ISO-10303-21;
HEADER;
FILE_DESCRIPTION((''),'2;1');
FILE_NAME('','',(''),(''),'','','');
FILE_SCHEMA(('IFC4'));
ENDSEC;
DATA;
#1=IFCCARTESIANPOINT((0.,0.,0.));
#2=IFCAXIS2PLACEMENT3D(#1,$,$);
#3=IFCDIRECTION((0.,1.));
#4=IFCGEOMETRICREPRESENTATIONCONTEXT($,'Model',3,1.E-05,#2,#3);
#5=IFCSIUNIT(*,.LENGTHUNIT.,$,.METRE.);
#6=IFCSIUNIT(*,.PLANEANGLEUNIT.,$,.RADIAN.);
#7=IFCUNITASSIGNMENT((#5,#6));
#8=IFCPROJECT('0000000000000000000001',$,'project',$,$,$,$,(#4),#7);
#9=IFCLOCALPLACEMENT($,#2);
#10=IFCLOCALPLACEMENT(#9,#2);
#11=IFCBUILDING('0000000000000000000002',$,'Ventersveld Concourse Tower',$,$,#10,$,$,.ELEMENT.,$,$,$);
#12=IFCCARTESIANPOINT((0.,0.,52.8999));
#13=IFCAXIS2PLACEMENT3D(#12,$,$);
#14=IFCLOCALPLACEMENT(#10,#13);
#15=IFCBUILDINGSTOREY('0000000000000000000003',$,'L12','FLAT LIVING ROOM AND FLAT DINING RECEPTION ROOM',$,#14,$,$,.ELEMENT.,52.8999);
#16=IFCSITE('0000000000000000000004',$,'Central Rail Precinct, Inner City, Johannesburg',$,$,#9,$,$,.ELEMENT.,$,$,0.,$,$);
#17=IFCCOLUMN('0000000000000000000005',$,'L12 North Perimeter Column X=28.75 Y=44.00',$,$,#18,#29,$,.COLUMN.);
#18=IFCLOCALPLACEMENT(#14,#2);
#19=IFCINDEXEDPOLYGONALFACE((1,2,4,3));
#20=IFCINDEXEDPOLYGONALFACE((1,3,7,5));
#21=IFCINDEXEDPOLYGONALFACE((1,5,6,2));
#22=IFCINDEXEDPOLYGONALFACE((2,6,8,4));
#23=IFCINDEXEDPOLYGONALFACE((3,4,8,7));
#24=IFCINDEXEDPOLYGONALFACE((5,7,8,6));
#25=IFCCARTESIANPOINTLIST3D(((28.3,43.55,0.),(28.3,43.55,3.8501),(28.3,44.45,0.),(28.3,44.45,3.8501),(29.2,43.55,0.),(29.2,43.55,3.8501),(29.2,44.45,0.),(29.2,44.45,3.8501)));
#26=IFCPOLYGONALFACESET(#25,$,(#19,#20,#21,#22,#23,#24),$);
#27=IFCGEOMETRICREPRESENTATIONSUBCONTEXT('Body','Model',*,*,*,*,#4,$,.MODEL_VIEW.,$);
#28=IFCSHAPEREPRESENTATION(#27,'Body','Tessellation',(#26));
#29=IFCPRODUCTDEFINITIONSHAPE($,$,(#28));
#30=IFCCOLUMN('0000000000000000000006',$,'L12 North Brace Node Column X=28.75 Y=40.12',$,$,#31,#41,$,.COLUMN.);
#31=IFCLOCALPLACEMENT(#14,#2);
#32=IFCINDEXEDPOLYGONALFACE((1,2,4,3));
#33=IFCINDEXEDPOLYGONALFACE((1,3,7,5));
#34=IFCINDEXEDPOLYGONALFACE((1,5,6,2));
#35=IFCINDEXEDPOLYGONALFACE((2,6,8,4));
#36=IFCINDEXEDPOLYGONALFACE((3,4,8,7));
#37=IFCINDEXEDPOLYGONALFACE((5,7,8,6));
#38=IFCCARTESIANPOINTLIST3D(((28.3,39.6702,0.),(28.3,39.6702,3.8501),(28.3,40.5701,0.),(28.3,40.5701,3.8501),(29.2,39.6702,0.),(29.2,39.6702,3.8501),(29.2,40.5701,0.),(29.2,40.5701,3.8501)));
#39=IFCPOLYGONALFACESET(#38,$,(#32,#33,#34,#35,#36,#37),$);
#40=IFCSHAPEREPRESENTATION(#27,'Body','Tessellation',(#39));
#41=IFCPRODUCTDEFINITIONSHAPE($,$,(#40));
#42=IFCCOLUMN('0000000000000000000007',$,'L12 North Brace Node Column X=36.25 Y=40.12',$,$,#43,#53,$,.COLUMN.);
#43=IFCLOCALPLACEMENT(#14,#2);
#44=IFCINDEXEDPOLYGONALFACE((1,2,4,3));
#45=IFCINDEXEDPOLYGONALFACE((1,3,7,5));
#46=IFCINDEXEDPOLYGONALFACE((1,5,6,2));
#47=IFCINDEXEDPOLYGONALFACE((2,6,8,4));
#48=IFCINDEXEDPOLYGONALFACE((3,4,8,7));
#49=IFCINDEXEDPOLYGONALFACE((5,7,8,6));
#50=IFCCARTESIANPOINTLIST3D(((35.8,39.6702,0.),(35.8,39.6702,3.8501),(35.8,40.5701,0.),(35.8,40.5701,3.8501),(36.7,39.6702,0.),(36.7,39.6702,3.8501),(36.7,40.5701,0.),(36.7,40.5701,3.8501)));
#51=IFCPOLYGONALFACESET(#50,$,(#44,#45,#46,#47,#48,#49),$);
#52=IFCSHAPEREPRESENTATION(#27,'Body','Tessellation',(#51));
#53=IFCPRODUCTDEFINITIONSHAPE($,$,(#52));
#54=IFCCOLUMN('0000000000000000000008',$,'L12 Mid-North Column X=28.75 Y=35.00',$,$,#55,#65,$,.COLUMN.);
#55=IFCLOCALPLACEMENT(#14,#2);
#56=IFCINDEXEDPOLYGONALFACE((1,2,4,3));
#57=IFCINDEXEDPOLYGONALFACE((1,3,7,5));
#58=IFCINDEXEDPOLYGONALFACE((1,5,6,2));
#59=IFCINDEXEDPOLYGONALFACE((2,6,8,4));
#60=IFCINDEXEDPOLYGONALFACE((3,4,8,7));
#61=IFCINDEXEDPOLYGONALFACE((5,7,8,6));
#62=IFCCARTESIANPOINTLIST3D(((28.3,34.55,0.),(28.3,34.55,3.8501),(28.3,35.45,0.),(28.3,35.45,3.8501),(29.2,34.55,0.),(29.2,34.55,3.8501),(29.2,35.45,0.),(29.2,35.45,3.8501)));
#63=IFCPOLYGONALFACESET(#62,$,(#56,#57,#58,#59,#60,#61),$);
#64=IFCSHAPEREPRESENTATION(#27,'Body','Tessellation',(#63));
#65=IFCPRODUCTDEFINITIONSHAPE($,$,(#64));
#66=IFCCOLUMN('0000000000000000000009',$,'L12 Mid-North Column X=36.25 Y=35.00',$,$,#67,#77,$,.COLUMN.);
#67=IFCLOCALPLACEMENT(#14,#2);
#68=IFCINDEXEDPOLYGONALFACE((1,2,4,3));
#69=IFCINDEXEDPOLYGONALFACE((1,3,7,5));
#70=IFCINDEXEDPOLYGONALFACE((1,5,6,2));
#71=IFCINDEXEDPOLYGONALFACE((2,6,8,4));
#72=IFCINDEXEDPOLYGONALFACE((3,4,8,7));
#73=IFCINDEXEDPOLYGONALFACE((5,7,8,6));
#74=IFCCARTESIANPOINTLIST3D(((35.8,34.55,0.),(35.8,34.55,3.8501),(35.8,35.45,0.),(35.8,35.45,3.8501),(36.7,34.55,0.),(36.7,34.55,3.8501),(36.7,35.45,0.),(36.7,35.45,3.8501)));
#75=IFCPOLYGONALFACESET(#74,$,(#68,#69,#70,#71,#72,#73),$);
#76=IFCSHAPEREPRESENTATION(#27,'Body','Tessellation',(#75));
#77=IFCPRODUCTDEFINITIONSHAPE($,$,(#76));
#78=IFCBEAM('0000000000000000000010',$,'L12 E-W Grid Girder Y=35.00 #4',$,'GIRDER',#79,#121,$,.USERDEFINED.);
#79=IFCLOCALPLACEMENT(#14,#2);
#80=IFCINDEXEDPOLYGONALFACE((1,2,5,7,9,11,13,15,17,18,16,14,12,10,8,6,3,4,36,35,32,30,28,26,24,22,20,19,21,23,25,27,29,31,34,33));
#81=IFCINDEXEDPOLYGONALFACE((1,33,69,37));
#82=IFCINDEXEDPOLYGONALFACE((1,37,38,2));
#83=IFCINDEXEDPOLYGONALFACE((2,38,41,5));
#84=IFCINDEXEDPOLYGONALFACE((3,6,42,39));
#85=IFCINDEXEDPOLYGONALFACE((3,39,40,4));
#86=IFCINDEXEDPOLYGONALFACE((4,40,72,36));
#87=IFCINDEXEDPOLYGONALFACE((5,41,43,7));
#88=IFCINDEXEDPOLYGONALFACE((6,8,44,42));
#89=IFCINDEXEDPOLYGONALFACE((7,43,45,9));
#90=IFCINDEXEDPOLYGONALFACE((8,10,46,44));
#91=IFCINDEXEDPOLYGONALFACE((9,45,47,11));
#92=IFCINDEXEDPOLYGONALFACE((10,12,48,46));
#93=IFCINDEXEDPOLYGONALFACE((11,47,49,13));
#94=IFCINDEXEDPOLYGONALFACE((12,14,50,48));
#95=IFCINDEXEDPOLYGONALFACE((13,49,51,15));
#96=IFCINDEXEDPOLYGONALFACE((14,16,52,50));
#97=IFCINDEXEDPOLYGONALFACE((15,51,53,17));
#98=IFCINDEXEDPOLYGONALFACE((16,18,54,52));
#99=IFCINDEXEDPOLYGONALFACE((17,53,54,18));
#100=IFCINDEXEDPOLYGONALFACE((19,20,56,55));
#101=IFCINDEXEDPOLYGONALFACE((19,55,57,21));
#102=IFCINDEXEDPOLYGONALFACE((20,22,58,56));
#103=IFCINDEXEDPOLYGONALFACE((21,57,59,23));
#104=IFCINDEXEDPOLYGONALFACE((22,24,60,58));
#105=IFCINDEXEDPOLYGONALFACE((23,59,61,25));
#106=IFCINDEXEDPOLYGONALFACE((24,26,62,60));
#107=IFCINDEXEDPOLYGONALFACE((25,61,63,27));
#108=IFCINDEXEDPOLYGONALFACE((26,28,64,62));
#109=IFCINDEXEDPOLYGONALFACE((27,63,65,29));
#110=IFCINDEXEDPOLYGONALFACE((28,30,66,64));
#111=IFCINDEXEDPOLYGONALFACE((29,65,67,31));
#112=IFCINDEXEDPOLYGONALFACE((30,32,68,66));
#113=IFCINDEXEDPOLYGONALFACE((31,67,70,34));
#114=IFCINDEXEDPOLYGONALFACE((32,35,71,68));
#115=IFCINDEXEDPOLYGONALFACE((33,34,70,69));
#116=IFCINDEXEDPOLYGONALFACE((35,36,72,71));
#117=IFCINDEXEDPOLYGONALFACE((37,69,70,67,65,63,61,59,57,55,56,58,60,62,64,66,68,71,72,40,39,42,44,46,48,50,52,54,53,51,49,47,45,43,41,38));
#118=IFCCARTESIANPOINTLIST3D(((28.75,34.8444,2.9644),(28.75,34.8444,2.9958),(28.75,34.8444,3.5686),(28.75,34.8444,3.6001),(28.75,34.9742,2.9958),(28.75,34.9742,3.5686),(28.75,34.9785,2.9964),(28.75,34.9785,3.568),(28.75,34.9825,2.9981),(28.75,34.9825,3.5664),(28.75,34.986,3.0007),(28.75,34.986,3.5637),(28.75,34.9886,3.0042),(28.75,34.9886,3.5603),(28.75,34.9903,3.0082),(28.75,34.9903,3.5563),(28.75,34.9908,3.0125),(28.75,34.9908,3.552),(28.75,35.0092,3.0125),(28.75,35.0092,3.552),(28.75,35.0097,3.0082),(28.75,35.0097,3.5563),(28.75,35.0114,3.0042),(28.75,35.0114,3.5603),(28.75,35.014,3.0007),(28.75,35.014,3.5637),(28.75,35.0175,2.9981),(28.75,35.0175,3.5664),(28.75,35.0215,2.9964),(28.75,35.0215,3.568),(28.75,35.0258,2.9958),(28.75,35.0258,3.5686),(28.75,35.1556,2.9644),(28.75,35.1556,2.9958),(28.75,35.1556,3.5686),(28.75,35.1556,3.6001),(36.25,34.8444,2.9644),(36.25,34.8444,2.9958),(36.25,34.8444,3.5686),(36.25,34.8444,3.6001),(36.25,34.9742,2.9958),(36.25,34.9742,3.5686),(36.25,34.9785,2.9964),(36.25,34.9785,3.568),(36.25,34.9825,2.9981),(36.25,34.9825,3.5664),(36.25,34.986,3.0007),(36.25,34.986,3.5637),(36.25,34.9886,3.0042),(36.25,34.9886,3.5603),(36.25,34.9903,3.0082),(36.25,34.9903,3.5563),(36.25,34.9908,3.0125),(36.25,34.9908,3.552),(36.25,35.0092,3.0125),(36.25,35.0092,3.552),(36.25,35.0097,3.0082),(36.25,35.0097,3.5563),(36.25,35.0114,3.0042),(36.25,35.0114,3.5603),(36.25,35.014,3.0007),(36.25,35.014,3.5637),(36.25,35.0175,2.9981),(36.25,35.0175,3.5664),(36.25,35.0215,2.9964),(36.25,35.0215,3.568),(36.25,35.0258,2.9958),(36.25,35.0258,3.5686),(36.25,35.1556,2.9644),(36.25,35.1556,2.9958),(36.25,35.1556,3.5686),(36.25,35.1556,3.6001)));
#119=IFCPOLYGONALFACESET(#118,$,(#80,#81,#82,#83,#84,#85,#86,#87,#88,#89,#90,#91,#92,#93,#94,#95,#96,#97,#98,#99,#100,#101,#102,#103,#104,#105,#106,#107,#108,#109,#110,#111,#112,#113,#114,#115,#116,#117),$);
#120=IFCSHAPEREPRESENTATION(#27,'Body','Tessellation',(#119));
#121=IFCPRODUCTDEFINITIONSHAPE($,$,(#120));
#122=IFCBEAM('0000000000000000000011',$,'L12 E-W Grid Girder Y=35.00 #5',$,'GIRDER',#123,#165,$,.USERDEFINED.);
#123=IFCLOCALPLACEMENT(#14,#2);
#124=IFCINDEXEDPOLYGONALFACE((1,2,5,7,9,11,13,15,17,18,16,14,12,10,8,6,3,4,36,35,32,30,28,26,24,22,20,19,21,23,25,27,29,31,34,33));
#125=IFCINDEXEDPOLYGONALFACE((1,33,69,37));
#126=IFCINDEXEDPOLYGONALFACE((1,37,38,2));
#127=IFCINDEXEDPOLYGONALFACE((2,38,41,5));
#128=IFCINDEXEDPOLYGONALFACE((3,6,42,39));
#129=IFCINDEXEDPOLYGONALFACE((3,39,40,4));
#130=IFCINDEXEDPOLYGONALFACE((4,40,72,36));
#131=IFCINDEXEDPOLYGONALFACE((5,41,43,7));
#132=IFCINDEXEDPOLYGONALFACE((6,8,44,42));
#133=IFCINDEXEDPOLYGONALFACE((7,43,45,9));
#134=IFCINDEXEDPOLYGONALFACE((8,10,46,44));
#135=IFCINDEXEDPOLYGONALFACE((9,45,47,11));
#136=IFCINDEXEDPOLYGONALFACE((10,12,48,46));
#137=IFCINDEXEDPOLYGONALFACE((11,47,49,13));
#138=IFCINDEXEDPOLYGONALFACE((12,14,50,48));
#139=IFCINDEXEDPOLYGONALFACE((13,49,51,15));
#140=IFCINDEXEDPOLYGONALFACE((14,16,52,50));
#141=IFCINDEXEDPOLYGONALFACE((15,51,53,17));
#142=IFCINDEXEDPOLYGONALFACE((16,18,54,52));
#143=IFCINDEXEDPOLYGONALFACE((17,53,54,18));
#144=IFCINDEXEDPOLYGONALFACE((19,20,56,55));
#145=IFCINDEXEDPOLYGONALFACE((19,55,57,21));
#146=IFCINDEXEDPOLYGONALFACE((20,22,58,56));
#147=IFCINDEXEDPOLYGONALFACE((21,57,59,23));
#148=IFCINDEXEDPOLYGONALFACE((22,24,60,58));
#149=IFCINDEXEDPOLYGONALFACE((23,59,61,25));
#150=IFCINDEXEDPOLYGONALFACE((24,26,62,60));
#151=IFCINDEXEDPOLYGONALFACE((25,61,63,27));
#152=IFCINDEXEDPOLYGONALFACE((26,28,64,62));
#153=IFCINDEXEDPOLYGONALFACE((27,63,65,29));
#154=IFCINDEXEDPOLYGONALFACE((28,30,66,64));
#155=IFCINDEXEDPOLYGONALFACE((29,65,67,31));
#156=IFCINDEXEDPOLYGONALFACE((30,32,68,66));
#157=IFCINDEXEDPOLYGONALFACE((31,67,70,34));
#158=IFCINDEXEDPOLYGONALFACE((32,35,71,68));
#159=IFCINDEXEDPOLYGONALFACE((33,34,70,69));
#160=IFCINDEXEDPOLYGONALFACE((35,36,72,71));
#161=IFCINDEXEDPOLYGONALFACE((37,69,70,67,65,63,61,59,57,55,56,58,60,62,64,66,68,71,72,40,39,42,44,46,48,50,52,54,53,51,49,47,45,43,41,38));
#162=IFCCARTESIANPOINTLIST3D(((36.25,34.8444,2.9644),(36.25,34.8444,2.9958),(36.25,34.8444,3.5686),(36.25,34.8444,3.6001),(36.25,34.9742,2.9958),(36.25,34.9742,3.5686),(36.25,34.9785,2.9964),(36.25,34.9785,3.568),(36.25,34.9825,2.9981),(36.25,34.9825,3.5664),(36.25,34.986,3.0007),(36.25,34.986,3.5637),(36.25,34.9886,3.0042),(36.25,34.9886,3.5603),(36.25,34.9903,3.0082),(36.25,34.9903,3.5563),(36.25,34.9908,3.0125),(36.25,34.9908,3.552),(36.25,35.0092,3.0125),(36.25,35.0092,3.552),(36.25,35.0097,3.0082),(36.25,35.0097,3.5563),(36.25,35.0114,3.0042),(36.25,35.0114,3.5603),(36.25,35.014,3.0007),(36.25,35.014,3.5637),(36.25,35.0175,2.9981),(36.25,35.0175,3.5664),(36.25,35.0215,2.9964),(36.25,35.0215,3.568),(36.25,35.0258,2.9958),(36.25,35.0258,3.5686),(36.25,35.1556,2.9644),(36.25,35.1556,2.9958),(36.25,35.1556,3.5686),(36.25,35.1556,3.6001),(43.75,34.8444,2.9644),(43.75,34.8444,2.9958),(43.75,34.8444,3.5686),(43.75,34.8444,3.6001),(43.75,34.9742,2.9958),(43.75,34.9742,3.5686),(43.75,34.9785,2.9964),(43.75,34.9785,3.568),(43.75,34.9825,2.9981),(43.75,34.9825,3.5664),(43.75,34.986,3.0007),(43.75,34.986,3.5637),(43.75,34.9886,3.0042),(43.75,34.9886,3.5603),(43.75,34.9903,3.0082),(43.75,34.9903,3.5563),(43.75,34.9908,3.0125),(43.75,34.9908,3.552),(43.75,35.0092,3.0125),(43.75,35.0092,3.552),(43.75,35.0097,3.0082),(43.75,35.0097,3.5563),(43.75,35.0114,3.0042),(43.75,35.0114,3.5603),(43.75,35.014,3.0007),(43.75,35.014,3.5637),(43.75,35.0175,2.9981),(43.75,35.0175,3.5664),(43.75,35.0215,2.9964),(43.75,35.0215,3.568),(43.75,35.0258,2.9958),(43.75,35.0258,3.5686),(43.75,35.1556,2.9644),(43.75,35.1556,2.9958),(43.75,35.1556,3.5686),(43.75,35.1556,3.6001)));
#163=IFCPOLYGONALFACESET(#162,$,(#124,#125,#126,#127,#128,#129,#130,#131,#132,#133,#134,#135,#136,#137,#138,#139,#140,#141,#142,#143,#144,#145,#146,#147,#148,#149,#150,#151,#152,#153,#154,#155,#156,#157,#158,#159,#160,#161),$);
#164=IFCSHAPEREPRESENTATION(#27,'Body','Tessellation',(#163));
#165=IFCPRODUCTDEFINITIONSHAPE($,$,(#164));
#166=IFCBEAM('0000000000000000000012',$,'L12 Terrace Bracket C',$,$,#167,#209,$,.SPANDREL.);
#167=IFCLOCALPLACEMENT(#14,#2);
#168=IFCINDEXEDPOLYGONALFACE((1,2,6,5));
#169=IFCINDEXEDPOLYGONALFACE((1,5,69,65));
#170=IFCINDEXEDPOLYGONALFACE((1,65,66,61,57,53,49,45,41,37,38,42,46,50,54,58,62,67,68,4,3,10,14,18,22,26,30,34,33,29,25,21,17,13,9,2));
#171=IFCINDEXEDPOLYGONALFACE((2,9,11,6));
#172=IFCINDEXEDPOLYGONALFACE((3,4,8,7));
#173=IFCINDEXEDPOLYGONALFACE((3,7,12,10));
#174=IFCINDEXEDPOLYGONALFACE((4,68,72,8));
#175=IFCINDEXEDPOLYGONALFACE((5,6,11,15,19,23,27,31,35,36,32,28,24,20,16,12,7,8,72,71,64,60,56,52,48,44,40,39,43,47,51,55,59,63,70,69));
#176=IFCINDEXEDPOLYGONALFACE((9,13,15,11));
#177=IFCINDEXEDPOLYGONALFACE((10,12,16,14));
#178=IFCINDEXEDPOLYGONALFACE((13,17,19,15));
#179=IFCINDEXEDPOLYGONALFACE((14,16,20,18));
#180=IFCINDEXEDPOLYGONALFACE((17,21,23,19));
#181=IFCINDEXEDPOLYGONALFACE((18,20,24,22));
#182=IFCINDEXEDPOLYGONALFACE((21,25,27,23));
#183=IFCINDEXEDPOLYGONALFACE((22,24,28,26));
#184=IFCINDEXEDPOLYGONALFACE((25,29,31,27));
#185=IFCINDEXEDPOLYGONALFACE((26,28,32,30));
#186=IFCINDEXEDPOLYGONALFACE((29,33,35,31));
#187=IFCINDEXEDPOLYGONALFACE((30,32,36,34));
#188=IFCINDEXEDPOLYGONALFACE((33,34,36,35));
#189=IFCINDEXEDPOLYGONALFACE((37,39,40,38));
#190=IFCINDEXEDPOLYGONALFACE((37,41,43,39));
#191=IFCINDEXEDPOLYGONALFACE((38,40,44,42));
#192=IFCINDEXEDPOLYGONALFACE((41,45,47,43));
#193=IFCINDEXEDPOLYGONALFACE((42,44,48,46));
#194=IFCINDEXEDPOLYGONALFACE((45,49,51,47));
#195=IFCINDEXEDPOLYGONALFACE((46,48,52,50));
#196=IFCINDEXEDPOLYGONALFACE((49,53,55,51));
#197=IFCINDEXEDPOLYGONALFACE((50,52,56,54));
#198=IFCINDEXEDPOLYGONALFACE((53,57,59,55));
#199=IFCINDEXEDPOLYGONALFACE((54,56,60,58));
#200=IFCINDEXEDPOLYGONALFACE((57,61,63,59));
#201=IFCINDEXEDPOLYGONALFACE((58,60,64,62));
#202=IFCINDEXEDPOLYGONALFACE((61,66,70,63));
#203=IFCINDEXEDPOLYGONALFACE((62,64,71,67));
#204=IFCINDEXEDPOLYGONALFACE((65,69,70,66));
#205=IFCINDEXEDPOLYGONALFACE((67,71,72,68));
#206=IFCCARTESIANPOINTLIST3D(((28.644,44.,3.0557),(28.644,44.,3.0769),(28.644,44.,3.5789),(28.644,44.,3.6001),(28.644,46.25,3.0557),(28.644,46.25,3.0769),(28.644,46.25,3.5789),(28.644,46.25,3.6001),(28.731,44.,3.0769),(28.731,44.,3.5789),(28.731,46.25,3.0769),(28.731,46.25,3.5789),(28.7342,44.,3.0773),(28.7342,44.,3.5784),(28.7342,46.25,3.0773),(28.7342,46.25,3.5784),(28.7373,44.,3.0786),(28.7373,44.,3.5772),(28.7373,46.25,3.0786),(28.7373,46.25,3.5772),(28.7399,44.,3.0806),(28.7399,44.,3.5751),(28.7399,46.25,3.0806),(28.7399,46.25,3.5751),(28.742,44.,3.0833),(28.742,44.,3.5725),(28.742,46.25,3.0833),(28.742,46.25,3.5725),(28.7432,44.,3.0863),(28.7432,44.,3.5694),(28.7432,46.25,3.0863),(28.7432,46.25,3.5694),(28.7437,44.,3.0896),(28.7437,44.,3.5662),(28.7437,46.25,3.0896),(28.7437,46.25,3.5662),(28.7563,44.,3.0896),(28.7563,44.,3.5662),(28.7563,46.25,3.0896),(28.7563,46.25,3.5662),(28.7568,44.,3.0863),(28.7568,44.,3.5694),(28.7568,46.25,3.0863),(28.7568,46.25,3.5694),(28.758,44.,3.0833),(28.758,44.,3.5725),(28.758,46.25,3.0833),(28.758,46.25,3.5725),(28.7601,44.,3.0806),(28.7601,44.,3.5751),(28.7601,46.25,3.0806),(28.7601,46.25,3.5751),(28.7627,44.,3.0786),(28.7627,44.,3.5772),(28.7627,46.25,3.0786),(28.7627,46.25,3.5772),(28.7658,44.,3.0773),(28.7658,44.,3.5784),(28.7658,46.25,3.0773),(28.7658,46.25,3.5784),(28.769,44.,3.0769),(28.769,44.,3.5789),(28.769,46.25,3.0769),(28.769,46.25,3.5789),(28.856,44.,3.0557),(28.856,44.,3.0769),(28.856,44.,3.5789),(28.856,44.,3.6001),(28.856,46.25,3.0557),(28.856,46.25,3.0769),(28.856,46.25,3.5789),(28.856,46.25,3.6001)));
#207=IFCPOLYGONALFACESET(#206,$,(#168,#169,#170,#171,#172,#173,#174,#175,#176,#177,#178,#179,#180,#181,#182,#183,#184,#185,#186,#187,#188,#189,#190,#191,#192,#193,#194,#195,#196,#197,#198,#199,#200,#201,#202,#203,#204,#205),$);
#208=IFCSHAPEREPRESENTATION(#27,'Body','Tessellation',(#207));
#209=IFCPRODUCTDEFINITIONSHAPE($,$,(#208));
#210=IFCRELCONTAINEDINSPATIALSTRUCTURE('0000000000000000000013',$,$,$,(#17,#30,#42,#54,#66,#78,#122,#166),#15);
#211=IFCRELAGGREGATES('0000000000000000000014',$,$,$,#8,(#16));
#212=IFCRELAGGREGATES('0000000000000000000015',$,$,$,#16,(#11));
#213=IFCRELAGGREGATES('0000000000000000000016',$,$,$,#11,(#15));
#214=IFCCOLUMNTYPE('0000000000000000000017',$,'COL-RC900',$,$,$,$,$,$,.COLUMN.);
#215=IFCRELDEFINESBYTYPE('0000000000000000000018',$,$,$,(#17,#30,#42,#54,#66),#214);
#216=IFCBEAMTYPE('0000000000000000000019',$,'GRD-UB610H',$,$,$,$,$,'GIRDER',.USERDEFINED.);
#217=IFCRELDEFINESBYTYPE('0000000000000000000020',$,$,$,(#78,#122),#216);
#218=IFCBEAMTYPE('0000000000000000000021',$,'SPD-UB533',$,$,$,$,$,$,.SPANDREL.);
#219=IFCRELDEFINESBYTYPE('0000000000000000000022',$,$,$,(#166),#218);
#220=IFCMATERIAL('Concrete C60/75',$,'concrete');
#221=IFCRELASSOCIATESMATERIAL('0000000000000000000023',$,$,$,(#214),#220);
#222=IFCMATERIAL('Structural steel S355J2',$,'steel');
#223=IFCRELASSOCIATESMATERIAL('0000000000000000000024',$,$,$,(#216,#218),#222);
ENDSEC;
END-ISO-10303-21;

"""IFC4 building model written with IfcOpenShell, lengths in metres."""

from ifc_helpers import new_model, si_unit, direction, frame, origin, origin_2d, place, context, subcontext, project, spatial, rectangle, i_section, extrude, material, material_profile, profile_set, type_object, element, save


model = new_model("IFC4")

# Units and contexts
model_context = context("Model", 3, precision=1e-05, world=origin(), true_north=direction((0.0, 1.0)))
body_context = subcontext(model_context, "Body", "Model", "MODEL_VIEW")
ifc_project = project(units=[si_unit("LENGTHUNIT", "METRE"), si_unit("PLANEANGLEUNIT", "RADIAN")], contexts=[model_context])

# Site, building, storey
site_placement = place(None, origin())
site = spatial("IfcSite", under=ifc_project, at=site_placement, Name="Central Rail Precinct, Inner City, Johannesburg", CompositionType="ELEMENT", RefElevation=0.0)
building_placement = place(site_placement, origin())
building = spatial("IfcBuilding", under=site, at=building_placement, Name="Ventersveld Concourse Tower", CompositionType="ELEMENT")
storey_placement = place(building_placement, frame((0.0, 0.0, 52.8999)))
storey = spatial("IfcBuildingStorey", under=building, at=storey_placement, Name="L12", Description="FLAT LIVING ROOM AND FLAT DINING RECEPTION ROOM", CompositionType="ELEMENT", Elevation=52.8999)

# Columns
ifc_material_1 = material(Name="Concrete C60/75", Category="concrete")
ifc_material_profile_1 = material_profile(ifc_material_1, rectangle(XDim=0.8999, YDim=0.8999, at=origin_2d()), Name="RC 900x900")
ifc_profile_set_1 = profile_set([ifc_material_profile_1], Name="Concrete C60/75")
column_type = type_object("IfcColumnType", Name="COL-RC900", PredefinedType="COLUMN", material=ifc_profile_set_1)
for number, where, z_axis, x_axis, name in (
    (1, (28.75, 44.0, 0.0), (0.0, 0.0, 1.0), (1.0, 0.0, 0.0), "L12 North Perimeter Column X=28.75 Y=44.00"),
    (2, (28.75, 40.1201, 0.0), (0.0, 0.0, 1.0), (1.0, 0.0, 0.0), "L12 North Brace Node Column X=28.75 Y=40.12"),
    (3, (36.25, 40.1201, 0.0), (0.0, 0.0, 1.0), (1.0, 0.0, 0.0), "L12 North Brace Node Column X=36.25 Y=40.12"),
    (4, (28.75, 35.0, 0.0), (0.0, 0.0, 1.0), (1.0, 0.0, 0.0), "L12 Mid-North Column X=28.75 Y=35.00"),
    (5, (36.25, 35.0, 0.0), (0.0, 0.0, 1.0), (1.0, 0.0, 0.0), "L12 Mid-North Column X=36.25 Y=35.00"),
):
    element("IfcColumn", number, at=place(storey_placement, frame(where, z_axis=z_axis, x_axis=x_axis)), inside=storey, type_object=column_type, Name=name, PredefinedType="COLUMN", context=body_context, shape_type="SweptSolid", body=[
        extrude(rectangle(XDim=0.8999, YDim=0.8999, at=origin_2d()), origin(), (0.0, 0.0, 1.0), 3.8501),
    ])

# Beams
ifc_material_2 = material(Name="Structural steel S355J2", Category="steel")
ifc_material_profile_2 = material_profile(ifc_material_2, i_section(OverallWidth=0.3113, OverallDepth=0.6357, WebThickness=0.0183, FlangeThickness=0.0315, FilletRadius=0.0166, at=origin_2d()), Name="UB 610x305x238")
ifc_profile_set_2 = profile_set([ifc_material_profile_2], Name="Structural steel S355J2")
beam_type_1 = type_object("IfcBeamType", Name="GRD-UB610H", ElementType="GIRDER", PredefinedType="USERDEFINED", material=ifc_profile_set_2)
for number, where, z_axis, x_axis, name in (
    (6, (28.75, 35.0, 3.2822), (1.0, 0.0, 0.0), (0.0, 1.0, 0.0), "L12 E-W Grid Girder Y=35.00 #4"),
    (7, (36.25, 35.0, 3.2822), (1.0, 0.0, 0.0), (0.0, 1.0, 0.0), "L12 E-W Grid Girder Y=35.00 #5"),
):
    element("IfcBeam", number, at=place(storey_placement, frame(where, z_axis=z_axis, x_axis=x_axis)), inside=storey, type_object=beam_type_1, Name=name, ObjectType="GIRDER", PredefinedType="USERDEFINED", context=body_context, shape_type="SweptSolid", body=[
        extrude(i_section(OverallWidth=0.3113, OverallDepth=0.6357, WebThickness=0.0183, FlangeThickness=0.0315, FilletRadius=0.0166, at=origin_2d()), origin(), (0.0, 0.0, 1.0), 7.5),
    ])
ifc_material_profile_3 = material_profile(ifc_material_2, i_section(OverallWidth=0.2119, OverallDepth=0.5444, WebThickness=0.0127, FlangeThickness=0.0212, FilletRadius=0.0127, at=origin_2d()), Name="UB 533x210x122")
ifc_profile_set_3 = profile_set([ifc_material_profile_3], Name="Structural steel S355J2")
beam_type_2 = type_object("IfcBeamType", Name="SPD-UB533", PredefinedType="SPANDREL", material=ifc_profile_set_3)
beam_placement = place(storey_placement, frame((28.75, 44.0, 3.3279), z_axis=(0.0, 1.0, 0.0), x_axis=(-1.0, 0.0, 0.0)))
element("IfcBeam", 8, at=beam_placement, inside=storey, type_object=beam_type_2, Name="L12 Terrace Bracket C", PredefinedType="SPANDREL", context=body_context, shape_type="SweptSolid", body=[
    extrude(i_section(OverallWidth=0.2119, OverallDepth=0.5444, WebThickness=0.0127, FlangeThickness=0.0212, FilletRadius=0.0127, at=origin_2d()), origin(), (0.0, 0.0, 1.0), 2.25),
])

save(model, "model.ifc")
